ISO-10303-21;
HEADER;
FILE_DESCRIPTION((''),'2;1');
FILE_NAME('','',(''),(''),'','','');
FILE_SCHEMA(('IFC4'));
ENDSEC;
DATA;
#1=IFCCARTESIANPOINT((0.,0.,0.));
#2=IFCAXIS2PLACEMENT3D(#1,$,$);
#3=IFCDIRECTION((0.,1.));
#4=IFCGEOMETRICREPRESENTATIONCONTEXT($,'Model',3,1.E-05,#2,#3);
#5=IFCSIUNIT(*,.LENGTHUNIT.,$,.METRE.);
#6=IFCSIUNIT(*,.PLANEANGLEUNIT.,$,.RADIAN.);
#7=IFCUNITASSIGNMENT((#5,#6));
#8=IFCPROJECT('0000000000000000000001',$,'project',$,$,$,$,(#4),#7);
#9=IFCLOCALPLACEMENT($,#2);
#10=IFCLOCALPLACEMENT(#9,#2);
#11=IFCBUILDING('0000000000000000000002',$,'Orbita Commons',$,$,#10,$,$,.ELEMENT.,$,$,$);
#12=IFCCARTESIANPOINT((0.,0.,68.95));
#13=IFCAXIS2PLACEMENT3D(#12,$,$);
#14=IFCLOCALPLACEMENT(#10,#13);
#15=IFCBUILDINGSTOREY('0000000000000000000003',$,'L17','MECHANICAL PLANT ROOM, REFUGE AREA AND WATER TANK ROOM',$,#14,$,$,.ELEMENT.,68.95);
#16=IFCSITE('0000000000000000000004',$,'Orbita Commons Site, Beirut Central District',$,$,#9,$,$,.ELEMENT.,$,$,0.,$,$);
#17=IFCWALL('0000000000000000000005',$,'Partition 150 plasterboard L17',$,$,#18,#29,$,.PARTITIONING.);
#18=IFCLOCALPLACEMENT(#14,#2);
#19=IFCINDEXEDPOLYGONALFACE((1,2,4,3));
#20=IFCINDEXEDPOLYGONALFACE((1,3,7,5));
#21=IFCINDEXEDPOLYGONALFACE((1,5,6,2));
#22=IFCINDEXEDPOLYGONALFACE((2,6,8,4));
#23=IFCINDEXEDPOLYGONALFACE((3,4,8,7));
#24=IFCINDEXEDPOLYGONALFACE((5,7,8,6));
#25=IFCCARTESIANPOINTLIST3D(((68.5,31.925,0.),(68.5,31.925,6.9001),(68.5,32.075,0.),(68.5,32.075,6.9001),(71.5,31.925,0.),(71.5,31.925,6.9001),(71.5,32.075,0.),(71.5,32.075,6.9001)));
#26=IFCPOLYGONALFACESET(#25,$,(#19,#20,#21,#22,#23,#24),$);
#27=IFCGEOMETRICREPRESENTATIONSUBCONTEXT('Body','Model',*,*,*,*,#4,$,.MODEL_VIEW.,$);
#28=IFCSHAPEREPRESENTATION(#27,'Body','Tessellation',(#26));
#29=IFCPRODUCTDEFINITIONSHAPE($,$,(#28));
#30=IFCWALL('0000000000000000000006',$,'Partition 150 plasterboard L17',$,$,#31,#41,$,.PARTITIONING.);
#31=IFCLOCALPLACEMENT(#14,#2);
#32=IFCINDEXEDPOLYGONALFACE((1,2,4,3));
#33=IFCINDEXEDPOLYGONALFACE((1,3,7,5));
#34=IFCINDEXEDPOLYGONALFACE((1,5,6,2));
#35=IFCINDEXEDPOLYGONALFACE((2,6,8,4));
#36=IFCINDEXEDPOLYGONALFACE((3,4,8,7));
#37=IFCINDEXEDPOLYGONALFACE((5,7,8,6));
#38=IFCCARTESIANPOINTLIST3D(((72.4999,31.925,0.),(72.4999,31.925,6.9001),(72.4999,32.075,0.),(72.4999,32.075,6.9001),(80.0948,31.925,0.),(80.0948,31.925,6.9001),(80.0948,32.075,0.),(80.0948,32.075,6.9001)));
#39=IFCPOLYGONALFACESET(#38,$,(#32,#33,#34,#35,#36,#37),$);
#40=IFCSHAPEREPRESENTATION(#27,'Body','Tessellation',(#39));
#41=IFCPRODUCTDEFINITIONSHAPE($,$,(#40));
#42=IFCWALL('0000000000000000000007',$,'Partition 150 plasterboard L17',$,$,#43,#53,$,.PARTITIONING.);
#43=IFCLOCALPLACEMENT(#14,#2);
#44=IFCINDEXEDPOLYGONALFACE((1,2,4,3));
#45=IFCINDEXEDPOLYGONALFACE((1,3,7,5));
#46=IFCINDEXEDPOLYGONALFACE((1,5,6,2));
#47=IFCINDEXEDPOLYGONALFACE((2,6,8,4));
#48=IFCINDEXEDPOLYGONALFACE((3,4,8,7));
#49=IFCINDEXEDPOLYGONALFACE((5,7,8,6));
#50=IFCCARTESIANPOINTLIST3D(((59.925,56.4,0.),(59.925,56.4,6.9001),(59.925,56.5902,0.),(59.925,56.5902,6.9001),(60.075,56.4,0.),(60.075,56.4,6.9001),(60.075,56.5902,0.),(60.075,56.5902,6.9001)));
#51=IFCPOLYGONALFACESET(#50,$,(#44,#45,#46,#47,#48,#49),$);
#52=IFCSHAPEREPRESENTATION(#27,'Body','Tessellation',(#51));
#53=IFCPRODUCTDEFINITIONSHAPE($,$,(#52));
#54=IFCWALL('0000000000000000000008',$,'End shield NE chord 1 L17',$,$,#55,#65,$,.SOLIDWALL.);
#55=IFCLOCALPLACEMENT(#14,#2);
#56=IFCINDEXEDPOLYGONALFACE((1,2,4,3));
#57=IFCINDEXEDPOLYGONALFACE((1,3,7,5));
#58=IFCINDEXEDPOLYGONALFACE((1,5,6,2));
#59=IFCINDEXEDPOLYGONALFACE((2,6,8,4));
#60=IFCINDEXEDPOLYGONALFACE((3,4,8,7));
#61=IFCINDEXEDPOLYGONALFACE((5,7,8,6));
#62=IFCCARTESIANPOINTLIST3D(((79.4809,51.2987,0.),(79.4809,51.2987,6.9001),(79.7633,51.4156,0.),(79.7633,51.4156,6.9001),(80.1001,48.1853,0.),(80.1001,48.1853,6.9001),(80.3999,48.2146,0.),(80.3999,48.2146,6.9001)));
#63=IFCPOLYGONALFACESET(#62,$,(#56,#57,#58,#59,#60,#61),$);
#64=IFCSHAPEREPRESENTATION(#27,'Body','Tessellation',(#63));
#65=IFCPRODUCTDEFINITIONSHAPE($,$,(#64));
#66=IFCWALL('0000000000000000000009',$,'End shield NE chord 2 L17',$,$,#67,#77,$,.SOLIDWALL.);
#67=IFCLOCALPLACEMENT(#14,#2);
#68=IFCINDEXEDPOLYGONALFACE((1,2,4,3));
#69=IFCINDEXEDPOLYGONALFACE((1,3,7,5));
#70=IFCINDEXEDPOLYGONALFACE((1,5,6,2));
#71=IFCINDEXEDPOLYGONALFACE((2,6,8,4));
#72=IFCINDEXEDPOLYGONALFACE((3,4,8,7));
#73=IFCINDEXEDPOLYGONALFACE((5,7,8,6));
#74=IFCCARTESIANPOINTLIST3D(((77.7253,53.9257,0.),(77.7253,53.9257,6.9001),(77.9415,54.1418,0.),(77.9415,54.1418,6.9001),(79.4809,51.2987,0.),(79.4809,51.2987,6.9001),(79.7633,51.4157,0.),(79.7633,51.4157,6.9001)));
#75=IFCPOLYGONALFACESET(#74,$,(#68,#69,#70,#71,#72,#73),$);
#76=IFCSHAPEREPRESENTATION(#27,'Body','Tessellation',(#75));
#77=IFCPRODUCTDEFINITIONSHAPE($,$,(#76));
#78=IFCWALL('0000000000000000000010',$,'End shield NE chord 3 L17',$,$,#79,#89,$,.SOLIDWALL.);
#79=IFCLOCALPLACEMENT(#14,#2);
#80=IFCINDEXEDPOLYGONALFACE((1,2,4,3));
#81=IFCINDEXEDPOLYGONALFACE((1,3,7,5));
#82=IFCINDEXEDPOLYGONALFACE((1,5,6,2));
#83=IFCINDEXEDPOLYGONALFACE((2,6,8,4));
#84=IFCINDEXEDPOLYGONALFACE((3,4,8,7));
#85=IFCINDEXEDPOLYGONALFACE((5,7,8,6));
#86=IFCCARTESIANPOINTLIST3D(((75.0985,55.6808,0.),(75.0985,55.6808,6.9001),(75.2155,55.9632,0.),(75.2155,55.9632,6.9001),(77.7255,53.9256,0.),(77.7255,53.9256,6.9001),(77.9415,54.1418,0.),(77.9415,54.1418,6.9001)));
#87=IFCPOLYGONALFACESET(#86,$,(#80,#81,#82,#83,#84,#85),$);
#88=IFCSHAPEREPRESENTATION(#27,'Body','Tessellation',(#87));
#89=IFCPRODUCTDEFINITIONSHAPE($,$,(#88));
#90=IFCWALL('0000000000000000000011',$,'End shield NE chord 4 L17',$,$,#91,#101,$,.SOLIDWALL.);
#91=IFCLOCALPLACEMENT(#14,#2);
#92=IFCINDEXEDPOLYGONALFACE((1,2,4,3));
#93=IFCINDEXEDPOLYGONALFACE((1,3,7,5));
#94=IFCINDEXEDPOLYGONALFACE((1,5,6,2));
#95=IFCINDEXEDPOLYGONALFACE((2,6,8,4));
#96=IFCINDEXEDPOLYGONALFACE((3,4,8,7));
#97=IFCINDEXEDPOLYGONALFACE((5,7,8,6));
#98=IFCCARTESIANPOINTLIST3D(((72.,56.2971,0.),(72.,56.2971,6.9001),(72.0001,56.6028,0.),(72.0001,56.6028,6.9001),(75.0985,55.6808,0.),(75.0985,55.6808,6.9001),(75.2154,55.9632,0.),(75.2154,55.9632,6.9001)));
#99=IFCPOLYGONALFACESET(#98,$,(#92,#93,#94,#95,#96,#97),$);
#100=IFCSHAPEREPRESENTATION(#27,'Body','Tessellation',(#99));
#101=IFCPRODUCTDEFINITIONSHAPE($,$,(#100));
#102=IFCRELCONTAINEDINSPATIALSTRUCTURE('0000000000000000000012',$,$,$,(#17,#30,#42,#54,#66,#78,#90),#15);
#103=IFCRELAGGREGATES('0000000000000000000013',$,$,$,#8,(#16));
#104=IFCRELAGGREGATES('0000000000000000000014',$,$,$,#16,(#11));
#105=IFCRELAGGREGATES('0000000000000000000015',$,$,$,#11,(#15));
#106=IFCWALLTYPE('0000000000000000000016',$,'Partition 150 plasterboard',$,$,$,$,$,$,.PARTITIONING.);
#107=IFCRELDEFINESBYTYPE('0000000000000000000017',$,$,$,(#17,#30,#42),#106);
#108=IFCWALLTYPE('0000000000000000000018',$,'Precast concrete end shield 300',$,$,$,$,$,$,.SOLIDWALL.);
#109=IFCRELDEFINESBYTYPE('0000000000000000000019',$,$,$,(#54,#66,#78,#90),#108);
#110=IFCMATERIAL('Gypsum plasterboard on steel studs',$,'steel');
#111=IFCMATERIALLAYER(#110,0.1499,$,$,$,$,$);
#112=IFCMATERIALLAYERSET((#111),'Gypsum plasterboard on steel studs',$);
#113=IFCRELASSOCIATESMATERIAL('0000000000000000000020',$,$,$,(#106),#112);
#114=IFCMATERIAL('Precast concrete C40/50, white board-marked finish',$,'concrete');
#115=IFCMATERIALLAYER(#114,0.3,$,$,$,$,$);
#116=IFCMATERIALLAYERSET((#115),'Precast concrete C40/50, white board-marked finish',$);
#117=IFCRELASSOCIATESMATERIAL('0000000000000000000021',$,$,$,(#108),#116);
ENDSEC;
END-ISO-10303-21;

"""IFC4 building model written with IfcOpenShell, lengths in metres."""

from ifc_helpers import new_model, si_unit, direction, frame, frame_2d, origin, place, context, subcontext, project, spatial, polyline, rectangle, outline, extrude, material, layer, layer_set, type_object, element, save


model = new_model("IFC4")

# Units and contexts
model_context = context("Model", 3, precision=1e-05, world=origin(), true_north=direction((0.0, 1.0)))
body_context = subcontext(model_context, "Body", "Model", "MODEL_VIEW")
ifc_project = project(units=[si_unit("LENGTHUNIT", "METRE"), si_unit("PLANEANGLEUNIT", "RADIAN")], contexts=[model_context])

# Site, building, storey
site_placement = place(None, origin())
site = spatial("IfcSite", under=ifc_project, at=site_placement, Name="Orbita Commons Site, Beirut Central District", CompositionType="ELEMENT", RefElevation=0.0)
building_placement = place(site_placement, origin())
building = spatial("IfcBuilding", under=site, at=building_placement, Name="Orbita Commons", CompositionType="ELEMENT")
storey_placement = place(building_placement, frame((0.0, 0.0, 68.95)))
storey = spatial("IfcBuildingStorey", under=building, at=storey_placement, Name="L17", Description="MECHANICAL PLANT ROOM, REFUGE AREA AND WATER TANK ROOM", CompositionType="ELEMENT", Elevation=68.95)

# Walls
ifc_material_1 = material(Name="Gypsum plasterboard on steel studs", Category="steel")
ifc_layer_1 = layer(ifc_material_1, 0.1499)
ifc_layer_set_1 = layer_set([ifc_layer_1], Name="Gypsum plasterboard on steel studs")
wall_type_1 = type_object("IfcWallType", Name="Partition 150 plasterboard", PredefinedType="PARTITIONING", material=ifc_layer_set_1)
wall_1_placement = place(storey_placement, frame((68.5, 32.0, 0.0), z_axis=(0.0, 0.0, 1.0), x_axis=(1.0, 0.0, 0.0)))
element("IfcWall", 1, at=wall_1_placement, inside=storey, type_object=wall_type_1, Name="Partition 150 plasterboard L17", PredefinedType="PARTITIONING", context=body_context, shape_type="SweptSolid", body=[
    extrude(rectangle(XDim=3.0, YDim=0.1499, at=frame_2d((1.5, 0.0))), origin(), (0.0, 0.0, 1.0), 6.9001),
])
wall_2_placement = place(storey_placement, frame((72.5, 32.0, 0.0), z_axis=(0.0, 0.0, 1.0), x_axis=(1.0, 0.0, 0.0)))
element("IfcWall", 2, at=wall_2_placement, inside=storey, type_object=wall_type_1, Name="Partition 150 plasterboard L17", PredefinedType="PARTITIONING", context=body_context, shape_type="SweptSolid", body=[
    extrude(rectangle(XDim=7.595, YDim=0.1499, at=frame_2d((3.7974, 0.0))), origin(), (0.0, 0.0, 1.0), 6.9001),
])
wall_3_placement = place(storey_placement, frame((60.0, 56.3999, 0.0), z_axis=(0.0, 0.0, 1.0), x_axis=(0.0, 1.0, 0.0)))
element("IfcWall", 3, at=wall_3_placement, inside=storey, type_object=wall_type_1, Name="Partition 150 plasterboard L17", PredefinedType="PARTITIONING", context=body_context, shape_type="SweptSolid", body=[
    extrude(rectangle(XDim=0.1902, YDim=0.1499, at=frame_2d((0.0952, 0.0))), origin(), (0.0, 0.0, 1.0), 6.9001),
])
ifc_material_2 = material(Name="Precast concrete C40/50, white board-marked finish", Category="concrete")
ifc_layer_2 = layer(ifc_material_2, 0.3)
ifc_layer_set_2 = layer_set([ifc_layer_2], Name="Precast concrete C40/50, white board-marked finish")
wall_type_2 = type_object("IfcWallType", Name="Precast concrete end shield 300", PredefinedType="SOLIDWALL", material=ifc_layer_set_2)
wall_4_placement = place(storey_placement, frame((80.25, 48.2, 0.0), z_axis=(0.0, 0.0, 1.0), x_axis=(-0.195066, 0.98079, 0.0)))
element("IfcWall", 4, at=wall_4_placement, inside=storey, type_object=wall_type_2, Name="End shield NE chord 1 L17", PredefinedType="SOLIDWALL", context=body_context, shape_type="SweptSolid", body=[
    extrude(outline(polyline([(-0.0149, -0.1499), (3.2488, -0.1499), (3.1892, 0.1499), (0.0149, 0.1499), (-0.0149, -0.1499)])), origin(), (0.0, 0.0, 1.0), 6.9001),
])
wall_5_placement = place(storey_placement, frame((79.6221, 51.3572, 0.0), z_axis=(0.0, 0.0, 1.0), x_axis=(-0.55561, 0.831443, 0.0)))
element("IfcWall", 5, at=wall_5_placement, inside=storey, type_object=wall_type_2, Name="End shield NE chord 2 L17", PredefinedType="SOLIDWALL", context=body_context, shape_type="SweptSolid", body=[
    extrude(outline(polyline([(-0.0298, -0.1499), (3.249, -0.1499), (3.1895, 0.1499), (0.0298, 0.1499), (-0.0298, -0.1499)])), origin(), (0.0, 0.0, 1.0), 6.9001),
])
wall_6_placement = place(storey_placement, frame((77.8335, 54.0337, 0.0), z_axis=(0.0, 0.0, 1.0), x_axis=(-0.831478, 0.555558, 0.0)))
element("IfcWall", 6, at=wall_6_placement, inside=storey, type_object=wall_type_2, Name="End shield NE chord 3 L17", PredefinedType="SOLIDWALL", context=body_context, shape_type="SweptSolid", body=[
    extrude(outline(polyline([(-0.0298, -0.1499), (3.2488, -0.1499), (3.1892, 0.1499), (0.0298, 0.1499), (-0.0298, -0.1499)])), origin(), (0.0, 0.0, 1.0), 6.9001),
])
wall_7_placement = place(storey_placement, frame((75.157, 55.822, 0.0), z_axis=(0.0, 0.0, 1.0), x_axis=(-0.980787, 0.19508, 0.0)))
element("IfcWall", 7, at=wall_7_placement, inside=storey, type_object=wall_type_2, Name="End shield NE chord 4 L17", PredefinedType="SOLIDWALL", context=body_context, shape_type="SweptSolid", body=[
    extrude(outline(polyline([(-0.0298, -0.1499), (3.2485, -0.1499), (3.189, 0.1499), (0.0298, 0.1499), (-0.0298, -0.1499)])), origin(), (0.0, 0.0, 1.0), 6.9001),
])

save(model, "model.ifc")
